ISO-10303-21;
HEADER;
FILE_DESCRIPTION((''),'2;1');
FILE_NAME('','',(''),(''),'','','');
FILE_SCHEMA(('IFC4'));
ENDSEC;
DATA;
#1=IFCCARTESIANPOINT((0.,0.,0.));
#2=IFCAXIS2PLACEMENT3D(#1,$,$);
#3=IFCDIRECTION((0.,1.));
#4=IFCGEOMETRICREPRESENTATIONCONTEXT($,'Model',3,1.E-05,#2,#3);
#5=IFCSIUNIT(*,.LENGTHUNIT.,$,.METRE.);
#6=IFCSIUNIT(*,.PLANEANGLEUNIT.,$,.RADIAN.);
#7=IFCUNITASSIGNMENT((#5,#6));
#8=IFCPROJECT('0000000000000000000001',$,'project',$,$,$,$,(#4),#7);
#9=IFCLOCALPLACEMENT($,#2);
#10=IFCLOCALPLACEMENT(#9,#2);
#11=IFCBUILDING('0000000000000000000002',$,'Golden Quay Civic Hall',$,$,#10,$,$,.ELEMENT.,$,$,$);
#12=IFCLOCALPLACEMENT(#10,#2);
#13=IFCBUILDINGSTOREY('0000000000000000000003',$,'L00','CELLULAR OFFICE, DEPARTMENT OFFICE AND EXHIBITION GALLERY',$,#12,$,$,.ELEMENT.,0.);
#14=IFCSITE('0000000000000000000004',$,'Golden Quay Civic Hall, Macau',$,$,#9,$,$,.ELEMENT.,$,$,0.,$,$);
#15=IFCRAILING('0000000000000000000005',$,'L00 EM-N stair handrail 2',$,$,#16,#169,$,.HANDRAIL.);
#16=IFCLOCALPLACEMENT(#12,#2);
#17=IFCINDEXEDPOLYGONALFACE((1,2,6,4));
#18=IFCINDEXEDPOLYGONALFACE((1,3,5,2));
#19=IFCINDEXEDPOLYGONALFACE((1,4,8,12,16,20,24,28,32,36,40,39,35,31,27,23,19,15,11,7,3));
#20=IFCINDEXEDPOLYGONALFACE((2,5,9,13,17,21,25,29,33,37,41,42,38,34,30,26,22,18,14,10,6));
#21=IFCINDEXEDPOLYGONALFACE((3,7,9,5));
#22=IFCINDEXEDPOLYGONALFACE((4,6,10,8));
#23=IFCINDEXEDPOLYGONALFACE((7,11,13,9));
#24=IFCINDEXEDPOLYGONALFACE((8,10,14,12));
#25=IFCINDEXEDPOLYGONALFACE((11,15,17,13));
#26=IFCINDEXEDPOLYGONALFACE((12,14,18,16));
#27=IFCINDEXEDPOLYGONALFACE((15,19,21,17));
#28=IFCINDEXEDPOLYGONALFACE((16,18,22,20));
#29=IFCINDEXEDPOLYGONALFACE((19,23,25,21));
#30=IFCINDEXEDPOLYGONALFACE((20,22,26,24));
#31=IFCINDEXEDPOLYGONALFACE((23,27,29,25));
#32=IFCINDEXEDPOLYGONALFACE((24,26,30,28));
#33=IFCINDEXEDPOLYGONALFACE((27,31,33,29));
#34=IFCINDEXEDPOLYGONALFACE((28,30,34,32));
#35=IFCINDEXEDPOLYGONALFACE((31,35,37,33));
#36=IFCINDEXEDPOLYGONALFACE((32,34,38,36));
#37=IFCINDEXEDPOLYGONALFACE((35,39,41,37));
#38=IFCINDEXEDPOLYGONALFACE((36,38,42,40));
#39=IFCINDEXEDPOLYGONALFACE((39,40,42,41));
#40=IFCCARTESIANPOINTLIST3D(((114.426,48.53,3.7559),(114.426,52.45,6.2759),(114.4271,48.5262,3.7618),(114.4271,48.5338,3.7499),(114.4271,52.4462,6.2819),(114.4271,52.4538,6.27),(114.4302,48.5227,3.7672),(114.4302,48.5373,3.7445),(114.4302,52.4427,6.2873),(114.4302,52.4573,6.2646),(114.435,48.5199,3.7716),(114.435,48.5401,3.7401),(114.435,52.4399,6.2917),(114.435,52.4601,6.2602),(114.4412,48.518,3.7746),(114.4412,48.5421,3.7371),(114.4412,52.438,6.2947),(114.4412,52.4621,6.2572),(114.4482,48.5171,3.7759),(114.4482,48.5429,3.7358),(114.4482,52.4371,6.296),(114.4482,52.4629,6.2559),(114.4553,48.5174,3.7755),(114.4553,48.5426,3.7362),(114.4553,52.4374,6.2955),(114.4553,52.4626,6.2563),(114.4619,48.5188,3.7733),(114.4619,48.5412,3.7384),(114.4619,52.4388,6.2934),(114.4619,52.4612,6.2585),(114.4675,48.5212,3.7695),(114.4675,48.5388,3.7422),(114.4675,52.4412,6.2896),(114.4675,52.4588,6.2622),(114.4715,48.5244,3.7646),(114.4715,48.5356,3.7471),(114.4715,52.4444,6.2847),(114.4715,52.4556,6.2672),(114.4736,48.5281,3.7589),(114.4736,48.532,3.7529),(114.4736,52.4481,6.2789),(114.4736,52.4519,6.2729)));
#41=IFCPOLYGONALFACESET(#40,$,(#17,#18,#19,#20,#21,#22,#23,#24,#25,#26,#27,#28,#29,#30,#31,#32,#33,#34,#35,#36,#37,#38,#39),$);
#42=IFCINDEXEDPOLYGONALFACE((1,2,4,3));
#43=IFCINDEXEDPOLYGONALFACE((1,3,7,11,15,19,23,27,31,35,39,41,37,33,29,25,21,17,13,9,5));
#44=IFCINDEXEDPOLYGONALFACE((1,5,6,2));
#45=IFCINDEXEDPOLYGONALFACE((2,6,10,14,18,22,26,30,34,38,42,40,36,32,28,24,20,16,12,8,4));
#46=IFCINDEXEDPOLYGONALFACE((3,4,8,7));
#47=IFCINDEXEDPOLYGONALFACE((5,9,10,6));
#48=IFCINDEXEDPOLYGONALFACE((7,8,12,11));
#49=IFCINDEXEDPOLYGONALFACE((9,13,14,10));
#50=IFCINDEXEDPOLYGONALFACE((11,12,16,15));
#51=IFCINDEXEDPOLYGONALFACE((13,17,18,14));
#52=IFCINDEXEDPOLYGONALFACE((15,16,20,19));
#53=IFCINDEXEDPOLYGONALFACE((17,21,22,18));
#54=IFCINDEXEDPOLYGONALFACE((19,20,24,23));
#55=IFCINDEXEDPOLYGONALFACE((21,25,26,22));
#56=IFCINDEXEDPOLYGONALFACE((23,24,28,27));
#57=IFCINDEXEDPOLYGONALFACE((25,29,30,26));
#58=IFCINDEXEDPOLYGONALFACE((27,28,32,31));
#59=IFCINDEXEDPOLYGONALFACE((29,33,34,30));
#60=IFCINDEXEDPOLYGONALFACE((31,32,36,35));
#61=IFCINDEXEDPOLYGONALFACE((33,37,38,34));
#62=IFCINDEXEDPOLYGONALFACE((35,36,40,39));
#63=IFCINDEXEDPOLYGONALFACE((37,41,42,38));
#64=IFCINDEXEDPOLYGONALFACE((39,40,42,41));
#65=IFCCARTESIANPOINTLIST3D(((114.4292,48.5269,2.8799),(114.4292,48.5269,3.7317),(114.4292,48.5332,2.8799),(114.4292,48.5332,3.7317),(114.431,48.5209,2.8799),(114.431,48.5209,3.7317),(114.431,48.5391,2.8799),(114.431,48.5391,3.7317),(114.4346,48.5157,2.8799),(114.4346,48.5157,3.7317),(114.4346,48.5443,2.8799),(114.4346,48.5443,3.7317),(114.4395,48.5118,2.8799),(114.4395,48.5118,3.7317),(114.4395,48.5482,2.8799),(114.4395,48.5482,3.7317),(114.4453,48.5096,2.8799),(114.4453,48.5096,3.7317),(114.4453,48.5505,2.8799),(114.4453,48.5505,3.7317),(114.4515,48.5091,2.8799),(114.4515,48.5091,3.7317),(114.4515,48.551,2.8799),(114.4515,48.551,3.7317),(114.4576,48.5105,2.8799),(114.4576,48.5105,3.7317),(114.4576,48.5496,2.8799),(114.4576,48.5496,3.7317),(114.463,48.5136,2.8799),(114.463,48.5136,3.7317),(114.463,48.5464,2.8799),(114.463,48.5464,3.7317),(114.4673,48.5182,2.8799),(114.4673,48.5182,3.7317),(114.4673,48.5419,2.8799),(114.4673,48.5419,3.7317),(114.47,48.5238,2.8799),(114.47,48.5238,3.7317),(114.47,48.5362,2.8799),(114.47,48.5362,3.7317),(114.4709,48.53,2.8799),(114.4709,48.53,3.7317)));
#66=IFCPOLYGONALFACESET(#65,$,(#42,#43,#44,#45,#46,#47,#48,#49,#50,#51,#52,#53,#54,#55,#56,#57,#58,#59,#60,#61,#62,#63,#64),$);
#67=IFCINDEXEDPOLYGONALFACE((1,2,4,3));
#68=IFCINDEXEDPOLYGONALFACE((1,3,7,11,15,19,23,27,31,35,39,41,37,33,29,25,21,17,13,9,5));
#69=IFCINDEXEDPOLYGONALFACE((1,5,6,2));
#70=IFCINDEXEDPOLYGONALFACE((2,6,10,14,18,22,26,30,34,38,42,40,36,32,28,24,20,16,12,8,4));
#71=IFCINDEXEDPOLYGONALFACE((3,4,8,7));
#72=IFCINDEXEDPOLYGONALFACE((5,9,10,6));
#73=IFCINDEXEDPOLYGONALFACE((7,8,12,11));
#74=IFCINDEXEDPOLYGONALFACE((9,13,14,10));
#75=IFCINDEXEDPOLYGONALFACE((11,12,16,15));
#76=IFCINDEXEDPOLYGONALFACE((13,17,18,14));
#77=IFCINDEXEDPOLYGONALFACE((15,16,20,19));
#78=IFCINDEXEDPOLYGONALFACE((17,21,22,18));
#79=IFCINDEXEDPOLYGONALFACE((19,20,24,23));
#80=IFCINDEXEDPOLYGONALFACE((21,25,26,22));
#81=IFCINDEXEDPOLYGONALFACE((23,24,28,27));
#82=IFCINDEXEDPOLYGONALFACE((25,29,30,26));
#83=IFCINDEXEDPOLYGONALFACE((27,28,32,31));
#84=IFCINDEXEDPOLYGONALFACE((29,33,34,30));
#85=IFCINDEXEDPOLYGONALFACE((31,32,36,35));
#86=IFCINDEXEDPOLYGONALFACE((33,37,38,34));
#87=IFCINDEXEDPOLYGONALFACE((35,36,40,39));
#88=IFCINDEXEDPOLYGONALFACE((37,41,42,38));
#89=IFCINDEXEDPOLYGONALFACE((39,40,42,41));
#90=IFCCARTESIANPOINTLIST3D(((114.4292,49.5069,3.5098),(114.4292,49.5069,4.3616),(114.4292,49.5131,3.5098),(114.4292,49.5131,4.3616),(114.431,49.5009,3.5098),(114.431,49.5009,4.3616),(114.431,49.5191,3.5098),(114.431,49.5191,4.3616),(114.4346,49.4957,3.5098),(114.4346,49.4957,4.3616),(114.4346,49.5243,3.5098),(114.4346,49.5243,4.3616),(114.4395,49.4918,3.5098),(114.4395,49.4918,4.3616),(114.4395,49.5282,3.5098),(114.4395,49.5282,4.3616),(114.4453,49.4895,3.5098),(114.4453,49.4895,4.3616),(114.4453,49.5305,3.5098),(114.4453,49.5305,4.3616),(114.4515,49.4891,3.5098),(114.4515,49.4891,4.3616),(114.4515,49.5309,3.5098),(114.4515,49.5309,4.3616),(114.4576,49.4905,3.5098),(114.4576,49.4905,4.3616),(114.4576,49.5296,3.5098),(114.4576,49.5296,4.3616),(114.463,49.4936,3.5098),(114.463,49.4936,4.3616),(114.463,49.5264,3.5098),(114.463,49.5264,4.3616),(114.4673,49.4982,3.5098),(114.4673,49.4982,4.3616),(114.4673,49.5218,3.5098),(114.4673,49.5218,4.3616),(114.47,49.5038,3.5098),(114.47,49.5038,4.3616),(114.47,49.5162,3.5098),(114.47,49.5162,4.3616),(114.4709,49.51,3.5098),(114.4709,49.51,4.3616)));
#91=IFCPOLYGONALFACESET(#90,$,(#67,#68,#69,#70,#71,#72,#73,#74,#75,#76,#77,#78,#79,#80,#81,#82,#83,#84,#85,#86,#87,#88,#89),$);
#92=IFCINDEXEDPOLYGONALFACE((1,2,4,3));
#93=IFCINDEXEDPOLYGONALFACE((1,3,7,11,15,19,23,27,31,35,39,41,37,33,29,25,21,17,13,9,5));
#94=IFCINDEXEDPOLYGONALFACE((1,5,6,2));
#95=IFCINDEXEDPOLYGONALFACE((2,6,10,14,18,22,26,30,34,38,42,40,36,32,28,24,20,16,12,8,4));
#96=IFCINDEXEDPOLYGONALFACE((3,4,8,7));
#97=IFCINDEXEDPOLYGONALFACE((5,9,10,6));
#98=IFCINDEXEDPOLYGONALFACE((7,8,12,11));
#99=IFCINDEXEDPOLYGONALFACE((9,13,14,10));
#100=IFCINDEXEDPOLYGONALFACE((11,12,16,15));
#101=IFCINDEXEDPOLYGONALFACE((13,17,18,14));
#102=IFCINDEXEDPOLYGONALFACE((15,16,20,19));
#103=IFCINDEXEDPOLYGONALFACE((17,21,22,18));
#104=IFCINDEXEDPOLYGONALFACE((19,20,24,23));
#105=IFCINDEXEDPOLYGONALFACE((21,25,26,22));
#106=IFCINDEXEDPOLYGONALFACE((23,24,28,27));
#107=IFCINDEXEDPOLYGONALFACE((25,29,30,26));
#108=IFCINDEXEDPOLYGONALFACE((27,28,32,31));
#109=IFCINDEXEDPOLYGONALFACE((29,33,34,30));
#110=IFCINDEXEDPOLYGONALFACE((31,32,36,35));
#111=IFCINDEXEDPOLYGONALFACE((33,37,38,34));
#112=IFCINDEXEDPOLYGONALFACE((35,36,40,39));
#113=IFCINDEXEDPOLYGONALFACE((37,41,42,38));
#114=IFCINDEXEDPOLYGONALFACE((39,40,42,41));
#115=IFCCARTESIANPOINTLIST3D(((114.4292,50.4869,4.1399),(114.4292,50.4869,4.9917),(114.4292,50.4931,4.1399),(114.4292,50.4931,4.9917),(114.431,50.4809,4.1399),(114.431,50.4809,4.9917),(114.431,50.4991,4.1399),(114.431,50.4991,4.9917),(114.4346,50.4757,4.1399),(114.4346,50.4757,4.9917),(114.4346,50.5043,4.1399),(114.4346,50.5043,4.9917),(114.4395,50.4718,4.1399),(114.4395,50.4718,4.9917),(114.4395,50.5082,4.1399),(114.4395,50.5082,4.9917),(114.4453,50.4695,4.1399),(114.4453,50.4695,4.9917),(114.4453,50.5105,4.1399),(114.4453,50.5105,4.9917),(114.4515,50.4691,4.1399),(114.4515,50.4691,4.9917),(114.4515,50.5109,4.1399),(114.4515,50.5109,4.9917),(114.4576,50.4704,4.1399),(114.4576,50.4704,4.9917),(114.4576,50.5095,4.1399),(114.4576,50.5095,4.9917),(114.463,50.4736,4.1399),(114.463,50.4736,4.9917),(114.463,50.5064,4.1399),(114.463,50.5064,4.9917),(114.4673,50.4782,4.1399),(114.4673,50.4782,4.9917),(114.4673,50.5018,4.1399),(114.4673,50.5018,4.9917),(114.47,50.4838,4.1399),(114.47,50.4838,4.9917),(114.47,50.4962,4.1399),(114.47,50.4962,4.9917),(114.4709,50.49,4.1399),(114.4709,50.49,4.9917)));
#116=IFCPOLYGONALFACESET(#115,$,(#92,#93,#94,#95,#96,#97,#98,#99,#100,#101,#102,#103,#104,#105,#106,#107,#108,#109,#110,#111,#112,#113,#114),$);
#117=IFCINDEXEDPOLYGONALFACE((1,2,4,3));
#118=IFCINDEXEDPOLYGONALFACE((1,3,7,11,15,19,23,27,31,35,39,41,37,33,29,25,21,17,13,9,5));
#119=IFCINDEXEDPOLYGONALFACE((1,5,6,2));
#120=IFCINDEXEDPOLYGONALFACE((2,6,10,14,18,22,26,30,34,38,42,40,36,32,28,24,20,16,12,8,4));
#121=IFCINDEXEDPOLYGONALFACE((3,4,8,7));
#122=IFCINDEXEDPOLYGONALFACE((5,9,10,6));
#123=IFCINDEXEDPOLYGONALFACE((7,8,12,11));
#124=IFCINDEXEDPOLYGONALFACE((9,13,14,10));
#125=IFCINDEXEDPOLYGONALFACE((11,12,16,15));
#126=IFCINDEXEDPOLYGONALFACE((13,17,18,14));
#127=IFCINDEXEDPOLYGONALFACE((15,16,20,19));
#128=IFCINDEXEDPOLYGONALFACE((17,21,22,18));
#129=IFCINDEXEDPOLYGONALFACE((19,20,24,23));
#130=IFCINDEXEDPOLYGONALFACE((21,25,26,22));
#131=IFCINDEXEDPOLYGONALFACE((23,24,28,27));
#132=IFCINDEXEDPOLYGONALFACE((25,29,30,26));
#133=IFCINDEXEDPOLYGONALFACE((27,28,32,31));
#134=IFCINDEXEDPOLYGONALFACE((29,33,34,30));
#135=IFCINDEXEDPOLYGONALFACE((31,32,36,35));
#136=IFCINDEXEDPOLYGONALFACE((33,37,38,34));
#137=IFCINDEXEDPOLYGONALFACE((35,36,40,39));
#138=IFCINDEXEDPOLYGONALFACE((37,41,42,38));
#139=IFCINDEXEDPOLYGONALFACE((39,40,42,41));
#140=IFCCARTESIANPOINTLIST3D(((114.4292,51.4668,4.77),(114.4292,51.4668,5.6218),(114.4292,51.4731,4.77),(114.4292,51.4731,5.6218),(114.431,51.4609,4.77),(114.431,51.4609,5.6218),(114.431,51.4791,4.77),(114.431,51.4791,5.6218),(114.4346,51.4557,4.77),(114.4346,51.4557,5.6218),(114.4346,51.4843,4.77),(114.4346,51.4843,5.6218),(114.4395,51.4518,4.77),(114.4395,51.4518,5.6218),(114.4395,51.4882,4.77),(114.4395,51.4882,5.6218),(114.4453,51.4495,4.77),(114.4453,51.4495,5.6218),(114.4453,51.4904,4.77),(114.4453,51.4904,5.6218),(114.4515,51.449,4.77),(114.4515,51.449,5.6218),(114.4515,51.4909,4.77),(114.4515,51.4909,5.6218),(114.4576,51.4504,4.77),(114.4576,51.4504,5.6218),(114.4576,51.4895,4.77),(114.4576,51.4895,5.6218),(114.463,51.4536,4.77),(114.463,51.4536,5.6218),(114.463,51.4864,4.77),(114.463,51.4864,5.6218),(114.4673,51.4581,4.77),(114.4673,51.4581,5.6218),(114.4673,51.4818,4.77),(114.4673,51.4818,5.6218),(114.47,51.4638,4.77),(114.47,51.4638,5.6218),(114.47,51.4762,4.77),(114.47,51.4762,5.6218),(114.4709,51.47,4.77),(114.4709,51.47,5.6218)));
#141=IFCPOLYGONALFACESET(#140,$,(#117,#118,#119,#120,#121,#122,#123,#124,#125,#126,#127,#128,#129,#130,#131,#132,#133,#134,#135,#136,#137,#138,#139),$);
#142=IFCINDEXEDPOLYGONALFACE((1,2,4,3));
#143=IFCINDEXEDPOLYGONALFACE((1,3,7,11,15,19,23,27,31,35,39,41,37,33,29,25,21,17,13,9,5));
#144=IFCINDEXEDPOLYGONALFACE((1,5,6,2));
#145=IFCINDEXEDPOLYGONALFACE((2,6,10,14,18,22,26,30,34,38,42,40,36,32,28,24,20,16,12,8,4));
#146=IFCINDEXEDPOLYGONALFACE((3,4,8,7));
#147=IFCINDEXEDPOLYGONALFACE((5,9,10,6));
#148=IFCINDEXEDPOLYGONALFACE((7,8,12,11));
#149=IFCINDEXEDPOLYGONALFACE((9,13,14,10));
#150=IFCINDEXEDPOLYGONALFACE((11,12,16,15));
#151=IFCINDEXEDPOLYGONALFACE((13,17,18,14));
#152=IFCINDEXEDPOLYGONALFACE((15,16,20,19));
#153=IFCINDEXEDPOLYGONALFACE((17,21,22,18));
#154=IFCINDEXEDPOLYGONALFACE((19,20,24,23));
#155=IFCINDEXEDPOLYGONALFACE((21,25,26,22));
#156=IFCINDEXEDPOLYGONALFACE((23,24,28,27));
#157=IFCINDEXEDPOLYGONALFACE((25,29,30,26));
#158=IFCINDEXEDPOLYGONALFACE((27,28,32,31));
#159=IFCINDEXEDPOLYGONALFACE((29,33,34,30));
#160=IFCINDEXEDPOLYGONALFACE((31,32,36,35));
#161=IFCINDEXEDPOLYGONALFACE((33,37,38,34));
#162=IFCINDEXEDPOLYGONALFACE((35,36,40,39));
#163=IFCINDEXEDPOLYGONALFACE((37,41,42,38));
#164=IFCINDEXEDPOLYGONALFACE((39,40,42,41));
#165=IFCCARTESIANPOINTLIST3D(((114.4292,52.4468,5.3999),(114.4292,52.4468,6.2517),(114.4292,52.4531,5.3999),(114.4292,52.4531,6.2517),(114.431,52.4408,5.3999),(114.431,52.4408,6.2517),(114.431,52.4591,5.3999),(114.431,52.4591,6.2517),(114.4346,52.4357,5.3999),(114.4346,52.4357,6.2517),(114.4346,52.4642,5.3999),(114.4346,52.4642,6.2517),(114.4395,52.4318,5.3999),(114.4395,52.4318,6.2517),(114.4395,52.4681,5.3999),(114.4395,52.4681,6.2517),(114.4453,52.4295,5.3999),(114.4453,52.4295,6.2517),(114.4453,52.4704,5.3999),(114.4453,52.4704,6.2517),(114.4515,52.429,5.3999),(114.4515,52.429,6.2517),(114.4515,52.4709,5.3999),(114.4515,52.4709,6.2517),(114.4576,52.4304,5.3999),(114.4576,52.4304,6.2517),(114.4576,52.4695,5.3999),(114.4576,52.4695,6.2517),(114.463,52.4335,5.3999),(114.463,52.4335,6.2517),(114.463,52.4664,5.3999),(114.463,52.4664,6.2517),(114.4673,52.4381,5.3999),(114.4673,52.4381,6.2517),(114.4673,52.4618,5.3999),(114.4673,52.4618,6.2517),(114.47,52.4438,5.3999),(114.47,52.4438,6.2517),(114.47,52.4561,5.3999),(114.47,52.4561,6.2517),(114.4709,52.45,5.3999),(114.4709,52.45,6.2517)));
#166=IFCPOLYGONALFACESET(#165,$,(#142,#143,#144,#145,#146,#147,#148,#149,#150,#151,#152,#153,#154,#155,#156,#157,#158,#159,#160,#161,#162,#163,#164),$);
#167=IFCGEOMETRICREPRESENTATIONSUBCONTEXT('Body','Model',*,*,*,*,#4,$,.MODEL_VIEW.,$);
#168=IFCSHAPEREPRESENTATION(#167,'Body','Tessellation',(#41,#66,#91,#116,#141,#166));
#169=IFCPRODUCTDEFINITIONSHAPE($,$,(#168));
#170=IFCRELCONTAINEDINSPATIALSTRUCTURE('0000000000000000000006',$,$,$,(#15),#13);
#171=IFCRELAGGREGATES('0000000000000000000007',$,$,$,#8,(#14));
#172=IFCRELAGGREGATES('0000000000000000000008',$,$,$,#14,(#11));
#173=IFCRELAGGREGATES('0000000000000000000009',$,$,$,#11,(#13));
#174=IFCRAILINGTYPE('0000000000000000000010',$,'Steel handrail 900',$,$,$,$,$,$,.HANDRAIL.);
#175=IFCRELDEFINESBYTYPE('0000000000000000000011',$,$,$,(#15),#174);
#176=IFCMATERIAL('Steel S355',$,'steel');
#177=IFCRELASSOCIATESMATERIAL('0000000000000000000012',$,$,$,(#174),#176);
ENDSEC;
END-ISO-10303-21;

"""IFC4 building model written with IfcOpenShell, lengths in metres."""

from ifc_helpers import new_model, si_unit, direction, frame, origin, origin_2d, place, context, subcontext, project, spatial, circle, extrude, material, type_object, element, save


model = new_model("IFC4")

# Units and contexts
model_context = context("Model", 3, precision=1e-05, world=origin(), true_north=direction((0.0, 1.0)))
body_context = subcontext(model_context, "Body", "Model", "MODEL_VIEW")
ifc_project = project(units=[si_unit("LENGTHUNIT", "METRE"), si_unit("PLANEANGLEUNIT", "RADIAN")], contexts=[model_context])

# Site, building, storey
site_placement = place(None, origin())
site = spatial("IfcSite", under=ifc_project, at=site_placement, Name="Golden Quay Civic Hall, Macau", CompositionType="ELEMENT", RefElevation=0.0)
building_placement = place(site_placement, origin())
building = spatial("IfcBuilding", under=site, at=building_placement, Name="Golden Quay Civic Hall", CompositionType="ELEMENT")
storey_placement = place(building_placement, origin())
storey = spatial("IfcBuildingStorey", under=building, at=storey_placement, Name="L00", Description="CELLULAR OFFICE, DEPARTMENT OFFICE AND EXHIBITION GALLERY", CompositionType="ELEMENT", Elevation=0.0)

# Railing
ifc_material_1 = material(Name="Steel S355", Category="steel")
railing_type_1 = type_object("IfcRailingType", Name="Steel handrail 900", PredefinedType="HANDRAIL", material=ifc_material_1)
railing_1_placement = place(storey_placement, frame((114.45, 48.53, 2.8799)))
element("IfcRailing", 1, at=railing_1_placement, inside=storey, type_object=railing_type_1, Name="L00 EM-N stair handrail 2", PredefinedType="HANDRAIL", context=body_context, shape_type="SweptSolid", body=[
    extrude(circle(Radius=0.0239, at=origin_2d()), frame((0.0, 0.0, 0.876), z_axis=(0.0, 0.841172, 0.540768), x_axis=(-1.0, 0.0, 0.0)), (0.0, 0.0, 1.0), 4.6602),
    extrude(circle(Radius=0.021, at=origin_2d()), origin(), (0.0, 0.0, 1.0), 0.8518),
    extrude(circle(Radius=0.021, at=origin_2d()), frame((0.0, 0.98, 0.6299)), (0.0, 0.0, 1.0), 0.8518),
    extrude(circle(Radius=0.021, at=origin_2d()), frame((0.0, 1.96, 1.26)), (0.0, 0.0, 1.0), 0.8518),
    extrude(circle(Radius=0.021, at=origin_2d()), frame((0.0, 2.9399, 1.8901)), (0.0, 0.0, 1.0), 0.8518),
    extrude(circle(Radius=0.021, at=origin_2d()), frame((0.0, 3.9199, 2.52)), (0.0, 0.0, 1.0), 0.8518),
])

save(model, "model.ifc")
